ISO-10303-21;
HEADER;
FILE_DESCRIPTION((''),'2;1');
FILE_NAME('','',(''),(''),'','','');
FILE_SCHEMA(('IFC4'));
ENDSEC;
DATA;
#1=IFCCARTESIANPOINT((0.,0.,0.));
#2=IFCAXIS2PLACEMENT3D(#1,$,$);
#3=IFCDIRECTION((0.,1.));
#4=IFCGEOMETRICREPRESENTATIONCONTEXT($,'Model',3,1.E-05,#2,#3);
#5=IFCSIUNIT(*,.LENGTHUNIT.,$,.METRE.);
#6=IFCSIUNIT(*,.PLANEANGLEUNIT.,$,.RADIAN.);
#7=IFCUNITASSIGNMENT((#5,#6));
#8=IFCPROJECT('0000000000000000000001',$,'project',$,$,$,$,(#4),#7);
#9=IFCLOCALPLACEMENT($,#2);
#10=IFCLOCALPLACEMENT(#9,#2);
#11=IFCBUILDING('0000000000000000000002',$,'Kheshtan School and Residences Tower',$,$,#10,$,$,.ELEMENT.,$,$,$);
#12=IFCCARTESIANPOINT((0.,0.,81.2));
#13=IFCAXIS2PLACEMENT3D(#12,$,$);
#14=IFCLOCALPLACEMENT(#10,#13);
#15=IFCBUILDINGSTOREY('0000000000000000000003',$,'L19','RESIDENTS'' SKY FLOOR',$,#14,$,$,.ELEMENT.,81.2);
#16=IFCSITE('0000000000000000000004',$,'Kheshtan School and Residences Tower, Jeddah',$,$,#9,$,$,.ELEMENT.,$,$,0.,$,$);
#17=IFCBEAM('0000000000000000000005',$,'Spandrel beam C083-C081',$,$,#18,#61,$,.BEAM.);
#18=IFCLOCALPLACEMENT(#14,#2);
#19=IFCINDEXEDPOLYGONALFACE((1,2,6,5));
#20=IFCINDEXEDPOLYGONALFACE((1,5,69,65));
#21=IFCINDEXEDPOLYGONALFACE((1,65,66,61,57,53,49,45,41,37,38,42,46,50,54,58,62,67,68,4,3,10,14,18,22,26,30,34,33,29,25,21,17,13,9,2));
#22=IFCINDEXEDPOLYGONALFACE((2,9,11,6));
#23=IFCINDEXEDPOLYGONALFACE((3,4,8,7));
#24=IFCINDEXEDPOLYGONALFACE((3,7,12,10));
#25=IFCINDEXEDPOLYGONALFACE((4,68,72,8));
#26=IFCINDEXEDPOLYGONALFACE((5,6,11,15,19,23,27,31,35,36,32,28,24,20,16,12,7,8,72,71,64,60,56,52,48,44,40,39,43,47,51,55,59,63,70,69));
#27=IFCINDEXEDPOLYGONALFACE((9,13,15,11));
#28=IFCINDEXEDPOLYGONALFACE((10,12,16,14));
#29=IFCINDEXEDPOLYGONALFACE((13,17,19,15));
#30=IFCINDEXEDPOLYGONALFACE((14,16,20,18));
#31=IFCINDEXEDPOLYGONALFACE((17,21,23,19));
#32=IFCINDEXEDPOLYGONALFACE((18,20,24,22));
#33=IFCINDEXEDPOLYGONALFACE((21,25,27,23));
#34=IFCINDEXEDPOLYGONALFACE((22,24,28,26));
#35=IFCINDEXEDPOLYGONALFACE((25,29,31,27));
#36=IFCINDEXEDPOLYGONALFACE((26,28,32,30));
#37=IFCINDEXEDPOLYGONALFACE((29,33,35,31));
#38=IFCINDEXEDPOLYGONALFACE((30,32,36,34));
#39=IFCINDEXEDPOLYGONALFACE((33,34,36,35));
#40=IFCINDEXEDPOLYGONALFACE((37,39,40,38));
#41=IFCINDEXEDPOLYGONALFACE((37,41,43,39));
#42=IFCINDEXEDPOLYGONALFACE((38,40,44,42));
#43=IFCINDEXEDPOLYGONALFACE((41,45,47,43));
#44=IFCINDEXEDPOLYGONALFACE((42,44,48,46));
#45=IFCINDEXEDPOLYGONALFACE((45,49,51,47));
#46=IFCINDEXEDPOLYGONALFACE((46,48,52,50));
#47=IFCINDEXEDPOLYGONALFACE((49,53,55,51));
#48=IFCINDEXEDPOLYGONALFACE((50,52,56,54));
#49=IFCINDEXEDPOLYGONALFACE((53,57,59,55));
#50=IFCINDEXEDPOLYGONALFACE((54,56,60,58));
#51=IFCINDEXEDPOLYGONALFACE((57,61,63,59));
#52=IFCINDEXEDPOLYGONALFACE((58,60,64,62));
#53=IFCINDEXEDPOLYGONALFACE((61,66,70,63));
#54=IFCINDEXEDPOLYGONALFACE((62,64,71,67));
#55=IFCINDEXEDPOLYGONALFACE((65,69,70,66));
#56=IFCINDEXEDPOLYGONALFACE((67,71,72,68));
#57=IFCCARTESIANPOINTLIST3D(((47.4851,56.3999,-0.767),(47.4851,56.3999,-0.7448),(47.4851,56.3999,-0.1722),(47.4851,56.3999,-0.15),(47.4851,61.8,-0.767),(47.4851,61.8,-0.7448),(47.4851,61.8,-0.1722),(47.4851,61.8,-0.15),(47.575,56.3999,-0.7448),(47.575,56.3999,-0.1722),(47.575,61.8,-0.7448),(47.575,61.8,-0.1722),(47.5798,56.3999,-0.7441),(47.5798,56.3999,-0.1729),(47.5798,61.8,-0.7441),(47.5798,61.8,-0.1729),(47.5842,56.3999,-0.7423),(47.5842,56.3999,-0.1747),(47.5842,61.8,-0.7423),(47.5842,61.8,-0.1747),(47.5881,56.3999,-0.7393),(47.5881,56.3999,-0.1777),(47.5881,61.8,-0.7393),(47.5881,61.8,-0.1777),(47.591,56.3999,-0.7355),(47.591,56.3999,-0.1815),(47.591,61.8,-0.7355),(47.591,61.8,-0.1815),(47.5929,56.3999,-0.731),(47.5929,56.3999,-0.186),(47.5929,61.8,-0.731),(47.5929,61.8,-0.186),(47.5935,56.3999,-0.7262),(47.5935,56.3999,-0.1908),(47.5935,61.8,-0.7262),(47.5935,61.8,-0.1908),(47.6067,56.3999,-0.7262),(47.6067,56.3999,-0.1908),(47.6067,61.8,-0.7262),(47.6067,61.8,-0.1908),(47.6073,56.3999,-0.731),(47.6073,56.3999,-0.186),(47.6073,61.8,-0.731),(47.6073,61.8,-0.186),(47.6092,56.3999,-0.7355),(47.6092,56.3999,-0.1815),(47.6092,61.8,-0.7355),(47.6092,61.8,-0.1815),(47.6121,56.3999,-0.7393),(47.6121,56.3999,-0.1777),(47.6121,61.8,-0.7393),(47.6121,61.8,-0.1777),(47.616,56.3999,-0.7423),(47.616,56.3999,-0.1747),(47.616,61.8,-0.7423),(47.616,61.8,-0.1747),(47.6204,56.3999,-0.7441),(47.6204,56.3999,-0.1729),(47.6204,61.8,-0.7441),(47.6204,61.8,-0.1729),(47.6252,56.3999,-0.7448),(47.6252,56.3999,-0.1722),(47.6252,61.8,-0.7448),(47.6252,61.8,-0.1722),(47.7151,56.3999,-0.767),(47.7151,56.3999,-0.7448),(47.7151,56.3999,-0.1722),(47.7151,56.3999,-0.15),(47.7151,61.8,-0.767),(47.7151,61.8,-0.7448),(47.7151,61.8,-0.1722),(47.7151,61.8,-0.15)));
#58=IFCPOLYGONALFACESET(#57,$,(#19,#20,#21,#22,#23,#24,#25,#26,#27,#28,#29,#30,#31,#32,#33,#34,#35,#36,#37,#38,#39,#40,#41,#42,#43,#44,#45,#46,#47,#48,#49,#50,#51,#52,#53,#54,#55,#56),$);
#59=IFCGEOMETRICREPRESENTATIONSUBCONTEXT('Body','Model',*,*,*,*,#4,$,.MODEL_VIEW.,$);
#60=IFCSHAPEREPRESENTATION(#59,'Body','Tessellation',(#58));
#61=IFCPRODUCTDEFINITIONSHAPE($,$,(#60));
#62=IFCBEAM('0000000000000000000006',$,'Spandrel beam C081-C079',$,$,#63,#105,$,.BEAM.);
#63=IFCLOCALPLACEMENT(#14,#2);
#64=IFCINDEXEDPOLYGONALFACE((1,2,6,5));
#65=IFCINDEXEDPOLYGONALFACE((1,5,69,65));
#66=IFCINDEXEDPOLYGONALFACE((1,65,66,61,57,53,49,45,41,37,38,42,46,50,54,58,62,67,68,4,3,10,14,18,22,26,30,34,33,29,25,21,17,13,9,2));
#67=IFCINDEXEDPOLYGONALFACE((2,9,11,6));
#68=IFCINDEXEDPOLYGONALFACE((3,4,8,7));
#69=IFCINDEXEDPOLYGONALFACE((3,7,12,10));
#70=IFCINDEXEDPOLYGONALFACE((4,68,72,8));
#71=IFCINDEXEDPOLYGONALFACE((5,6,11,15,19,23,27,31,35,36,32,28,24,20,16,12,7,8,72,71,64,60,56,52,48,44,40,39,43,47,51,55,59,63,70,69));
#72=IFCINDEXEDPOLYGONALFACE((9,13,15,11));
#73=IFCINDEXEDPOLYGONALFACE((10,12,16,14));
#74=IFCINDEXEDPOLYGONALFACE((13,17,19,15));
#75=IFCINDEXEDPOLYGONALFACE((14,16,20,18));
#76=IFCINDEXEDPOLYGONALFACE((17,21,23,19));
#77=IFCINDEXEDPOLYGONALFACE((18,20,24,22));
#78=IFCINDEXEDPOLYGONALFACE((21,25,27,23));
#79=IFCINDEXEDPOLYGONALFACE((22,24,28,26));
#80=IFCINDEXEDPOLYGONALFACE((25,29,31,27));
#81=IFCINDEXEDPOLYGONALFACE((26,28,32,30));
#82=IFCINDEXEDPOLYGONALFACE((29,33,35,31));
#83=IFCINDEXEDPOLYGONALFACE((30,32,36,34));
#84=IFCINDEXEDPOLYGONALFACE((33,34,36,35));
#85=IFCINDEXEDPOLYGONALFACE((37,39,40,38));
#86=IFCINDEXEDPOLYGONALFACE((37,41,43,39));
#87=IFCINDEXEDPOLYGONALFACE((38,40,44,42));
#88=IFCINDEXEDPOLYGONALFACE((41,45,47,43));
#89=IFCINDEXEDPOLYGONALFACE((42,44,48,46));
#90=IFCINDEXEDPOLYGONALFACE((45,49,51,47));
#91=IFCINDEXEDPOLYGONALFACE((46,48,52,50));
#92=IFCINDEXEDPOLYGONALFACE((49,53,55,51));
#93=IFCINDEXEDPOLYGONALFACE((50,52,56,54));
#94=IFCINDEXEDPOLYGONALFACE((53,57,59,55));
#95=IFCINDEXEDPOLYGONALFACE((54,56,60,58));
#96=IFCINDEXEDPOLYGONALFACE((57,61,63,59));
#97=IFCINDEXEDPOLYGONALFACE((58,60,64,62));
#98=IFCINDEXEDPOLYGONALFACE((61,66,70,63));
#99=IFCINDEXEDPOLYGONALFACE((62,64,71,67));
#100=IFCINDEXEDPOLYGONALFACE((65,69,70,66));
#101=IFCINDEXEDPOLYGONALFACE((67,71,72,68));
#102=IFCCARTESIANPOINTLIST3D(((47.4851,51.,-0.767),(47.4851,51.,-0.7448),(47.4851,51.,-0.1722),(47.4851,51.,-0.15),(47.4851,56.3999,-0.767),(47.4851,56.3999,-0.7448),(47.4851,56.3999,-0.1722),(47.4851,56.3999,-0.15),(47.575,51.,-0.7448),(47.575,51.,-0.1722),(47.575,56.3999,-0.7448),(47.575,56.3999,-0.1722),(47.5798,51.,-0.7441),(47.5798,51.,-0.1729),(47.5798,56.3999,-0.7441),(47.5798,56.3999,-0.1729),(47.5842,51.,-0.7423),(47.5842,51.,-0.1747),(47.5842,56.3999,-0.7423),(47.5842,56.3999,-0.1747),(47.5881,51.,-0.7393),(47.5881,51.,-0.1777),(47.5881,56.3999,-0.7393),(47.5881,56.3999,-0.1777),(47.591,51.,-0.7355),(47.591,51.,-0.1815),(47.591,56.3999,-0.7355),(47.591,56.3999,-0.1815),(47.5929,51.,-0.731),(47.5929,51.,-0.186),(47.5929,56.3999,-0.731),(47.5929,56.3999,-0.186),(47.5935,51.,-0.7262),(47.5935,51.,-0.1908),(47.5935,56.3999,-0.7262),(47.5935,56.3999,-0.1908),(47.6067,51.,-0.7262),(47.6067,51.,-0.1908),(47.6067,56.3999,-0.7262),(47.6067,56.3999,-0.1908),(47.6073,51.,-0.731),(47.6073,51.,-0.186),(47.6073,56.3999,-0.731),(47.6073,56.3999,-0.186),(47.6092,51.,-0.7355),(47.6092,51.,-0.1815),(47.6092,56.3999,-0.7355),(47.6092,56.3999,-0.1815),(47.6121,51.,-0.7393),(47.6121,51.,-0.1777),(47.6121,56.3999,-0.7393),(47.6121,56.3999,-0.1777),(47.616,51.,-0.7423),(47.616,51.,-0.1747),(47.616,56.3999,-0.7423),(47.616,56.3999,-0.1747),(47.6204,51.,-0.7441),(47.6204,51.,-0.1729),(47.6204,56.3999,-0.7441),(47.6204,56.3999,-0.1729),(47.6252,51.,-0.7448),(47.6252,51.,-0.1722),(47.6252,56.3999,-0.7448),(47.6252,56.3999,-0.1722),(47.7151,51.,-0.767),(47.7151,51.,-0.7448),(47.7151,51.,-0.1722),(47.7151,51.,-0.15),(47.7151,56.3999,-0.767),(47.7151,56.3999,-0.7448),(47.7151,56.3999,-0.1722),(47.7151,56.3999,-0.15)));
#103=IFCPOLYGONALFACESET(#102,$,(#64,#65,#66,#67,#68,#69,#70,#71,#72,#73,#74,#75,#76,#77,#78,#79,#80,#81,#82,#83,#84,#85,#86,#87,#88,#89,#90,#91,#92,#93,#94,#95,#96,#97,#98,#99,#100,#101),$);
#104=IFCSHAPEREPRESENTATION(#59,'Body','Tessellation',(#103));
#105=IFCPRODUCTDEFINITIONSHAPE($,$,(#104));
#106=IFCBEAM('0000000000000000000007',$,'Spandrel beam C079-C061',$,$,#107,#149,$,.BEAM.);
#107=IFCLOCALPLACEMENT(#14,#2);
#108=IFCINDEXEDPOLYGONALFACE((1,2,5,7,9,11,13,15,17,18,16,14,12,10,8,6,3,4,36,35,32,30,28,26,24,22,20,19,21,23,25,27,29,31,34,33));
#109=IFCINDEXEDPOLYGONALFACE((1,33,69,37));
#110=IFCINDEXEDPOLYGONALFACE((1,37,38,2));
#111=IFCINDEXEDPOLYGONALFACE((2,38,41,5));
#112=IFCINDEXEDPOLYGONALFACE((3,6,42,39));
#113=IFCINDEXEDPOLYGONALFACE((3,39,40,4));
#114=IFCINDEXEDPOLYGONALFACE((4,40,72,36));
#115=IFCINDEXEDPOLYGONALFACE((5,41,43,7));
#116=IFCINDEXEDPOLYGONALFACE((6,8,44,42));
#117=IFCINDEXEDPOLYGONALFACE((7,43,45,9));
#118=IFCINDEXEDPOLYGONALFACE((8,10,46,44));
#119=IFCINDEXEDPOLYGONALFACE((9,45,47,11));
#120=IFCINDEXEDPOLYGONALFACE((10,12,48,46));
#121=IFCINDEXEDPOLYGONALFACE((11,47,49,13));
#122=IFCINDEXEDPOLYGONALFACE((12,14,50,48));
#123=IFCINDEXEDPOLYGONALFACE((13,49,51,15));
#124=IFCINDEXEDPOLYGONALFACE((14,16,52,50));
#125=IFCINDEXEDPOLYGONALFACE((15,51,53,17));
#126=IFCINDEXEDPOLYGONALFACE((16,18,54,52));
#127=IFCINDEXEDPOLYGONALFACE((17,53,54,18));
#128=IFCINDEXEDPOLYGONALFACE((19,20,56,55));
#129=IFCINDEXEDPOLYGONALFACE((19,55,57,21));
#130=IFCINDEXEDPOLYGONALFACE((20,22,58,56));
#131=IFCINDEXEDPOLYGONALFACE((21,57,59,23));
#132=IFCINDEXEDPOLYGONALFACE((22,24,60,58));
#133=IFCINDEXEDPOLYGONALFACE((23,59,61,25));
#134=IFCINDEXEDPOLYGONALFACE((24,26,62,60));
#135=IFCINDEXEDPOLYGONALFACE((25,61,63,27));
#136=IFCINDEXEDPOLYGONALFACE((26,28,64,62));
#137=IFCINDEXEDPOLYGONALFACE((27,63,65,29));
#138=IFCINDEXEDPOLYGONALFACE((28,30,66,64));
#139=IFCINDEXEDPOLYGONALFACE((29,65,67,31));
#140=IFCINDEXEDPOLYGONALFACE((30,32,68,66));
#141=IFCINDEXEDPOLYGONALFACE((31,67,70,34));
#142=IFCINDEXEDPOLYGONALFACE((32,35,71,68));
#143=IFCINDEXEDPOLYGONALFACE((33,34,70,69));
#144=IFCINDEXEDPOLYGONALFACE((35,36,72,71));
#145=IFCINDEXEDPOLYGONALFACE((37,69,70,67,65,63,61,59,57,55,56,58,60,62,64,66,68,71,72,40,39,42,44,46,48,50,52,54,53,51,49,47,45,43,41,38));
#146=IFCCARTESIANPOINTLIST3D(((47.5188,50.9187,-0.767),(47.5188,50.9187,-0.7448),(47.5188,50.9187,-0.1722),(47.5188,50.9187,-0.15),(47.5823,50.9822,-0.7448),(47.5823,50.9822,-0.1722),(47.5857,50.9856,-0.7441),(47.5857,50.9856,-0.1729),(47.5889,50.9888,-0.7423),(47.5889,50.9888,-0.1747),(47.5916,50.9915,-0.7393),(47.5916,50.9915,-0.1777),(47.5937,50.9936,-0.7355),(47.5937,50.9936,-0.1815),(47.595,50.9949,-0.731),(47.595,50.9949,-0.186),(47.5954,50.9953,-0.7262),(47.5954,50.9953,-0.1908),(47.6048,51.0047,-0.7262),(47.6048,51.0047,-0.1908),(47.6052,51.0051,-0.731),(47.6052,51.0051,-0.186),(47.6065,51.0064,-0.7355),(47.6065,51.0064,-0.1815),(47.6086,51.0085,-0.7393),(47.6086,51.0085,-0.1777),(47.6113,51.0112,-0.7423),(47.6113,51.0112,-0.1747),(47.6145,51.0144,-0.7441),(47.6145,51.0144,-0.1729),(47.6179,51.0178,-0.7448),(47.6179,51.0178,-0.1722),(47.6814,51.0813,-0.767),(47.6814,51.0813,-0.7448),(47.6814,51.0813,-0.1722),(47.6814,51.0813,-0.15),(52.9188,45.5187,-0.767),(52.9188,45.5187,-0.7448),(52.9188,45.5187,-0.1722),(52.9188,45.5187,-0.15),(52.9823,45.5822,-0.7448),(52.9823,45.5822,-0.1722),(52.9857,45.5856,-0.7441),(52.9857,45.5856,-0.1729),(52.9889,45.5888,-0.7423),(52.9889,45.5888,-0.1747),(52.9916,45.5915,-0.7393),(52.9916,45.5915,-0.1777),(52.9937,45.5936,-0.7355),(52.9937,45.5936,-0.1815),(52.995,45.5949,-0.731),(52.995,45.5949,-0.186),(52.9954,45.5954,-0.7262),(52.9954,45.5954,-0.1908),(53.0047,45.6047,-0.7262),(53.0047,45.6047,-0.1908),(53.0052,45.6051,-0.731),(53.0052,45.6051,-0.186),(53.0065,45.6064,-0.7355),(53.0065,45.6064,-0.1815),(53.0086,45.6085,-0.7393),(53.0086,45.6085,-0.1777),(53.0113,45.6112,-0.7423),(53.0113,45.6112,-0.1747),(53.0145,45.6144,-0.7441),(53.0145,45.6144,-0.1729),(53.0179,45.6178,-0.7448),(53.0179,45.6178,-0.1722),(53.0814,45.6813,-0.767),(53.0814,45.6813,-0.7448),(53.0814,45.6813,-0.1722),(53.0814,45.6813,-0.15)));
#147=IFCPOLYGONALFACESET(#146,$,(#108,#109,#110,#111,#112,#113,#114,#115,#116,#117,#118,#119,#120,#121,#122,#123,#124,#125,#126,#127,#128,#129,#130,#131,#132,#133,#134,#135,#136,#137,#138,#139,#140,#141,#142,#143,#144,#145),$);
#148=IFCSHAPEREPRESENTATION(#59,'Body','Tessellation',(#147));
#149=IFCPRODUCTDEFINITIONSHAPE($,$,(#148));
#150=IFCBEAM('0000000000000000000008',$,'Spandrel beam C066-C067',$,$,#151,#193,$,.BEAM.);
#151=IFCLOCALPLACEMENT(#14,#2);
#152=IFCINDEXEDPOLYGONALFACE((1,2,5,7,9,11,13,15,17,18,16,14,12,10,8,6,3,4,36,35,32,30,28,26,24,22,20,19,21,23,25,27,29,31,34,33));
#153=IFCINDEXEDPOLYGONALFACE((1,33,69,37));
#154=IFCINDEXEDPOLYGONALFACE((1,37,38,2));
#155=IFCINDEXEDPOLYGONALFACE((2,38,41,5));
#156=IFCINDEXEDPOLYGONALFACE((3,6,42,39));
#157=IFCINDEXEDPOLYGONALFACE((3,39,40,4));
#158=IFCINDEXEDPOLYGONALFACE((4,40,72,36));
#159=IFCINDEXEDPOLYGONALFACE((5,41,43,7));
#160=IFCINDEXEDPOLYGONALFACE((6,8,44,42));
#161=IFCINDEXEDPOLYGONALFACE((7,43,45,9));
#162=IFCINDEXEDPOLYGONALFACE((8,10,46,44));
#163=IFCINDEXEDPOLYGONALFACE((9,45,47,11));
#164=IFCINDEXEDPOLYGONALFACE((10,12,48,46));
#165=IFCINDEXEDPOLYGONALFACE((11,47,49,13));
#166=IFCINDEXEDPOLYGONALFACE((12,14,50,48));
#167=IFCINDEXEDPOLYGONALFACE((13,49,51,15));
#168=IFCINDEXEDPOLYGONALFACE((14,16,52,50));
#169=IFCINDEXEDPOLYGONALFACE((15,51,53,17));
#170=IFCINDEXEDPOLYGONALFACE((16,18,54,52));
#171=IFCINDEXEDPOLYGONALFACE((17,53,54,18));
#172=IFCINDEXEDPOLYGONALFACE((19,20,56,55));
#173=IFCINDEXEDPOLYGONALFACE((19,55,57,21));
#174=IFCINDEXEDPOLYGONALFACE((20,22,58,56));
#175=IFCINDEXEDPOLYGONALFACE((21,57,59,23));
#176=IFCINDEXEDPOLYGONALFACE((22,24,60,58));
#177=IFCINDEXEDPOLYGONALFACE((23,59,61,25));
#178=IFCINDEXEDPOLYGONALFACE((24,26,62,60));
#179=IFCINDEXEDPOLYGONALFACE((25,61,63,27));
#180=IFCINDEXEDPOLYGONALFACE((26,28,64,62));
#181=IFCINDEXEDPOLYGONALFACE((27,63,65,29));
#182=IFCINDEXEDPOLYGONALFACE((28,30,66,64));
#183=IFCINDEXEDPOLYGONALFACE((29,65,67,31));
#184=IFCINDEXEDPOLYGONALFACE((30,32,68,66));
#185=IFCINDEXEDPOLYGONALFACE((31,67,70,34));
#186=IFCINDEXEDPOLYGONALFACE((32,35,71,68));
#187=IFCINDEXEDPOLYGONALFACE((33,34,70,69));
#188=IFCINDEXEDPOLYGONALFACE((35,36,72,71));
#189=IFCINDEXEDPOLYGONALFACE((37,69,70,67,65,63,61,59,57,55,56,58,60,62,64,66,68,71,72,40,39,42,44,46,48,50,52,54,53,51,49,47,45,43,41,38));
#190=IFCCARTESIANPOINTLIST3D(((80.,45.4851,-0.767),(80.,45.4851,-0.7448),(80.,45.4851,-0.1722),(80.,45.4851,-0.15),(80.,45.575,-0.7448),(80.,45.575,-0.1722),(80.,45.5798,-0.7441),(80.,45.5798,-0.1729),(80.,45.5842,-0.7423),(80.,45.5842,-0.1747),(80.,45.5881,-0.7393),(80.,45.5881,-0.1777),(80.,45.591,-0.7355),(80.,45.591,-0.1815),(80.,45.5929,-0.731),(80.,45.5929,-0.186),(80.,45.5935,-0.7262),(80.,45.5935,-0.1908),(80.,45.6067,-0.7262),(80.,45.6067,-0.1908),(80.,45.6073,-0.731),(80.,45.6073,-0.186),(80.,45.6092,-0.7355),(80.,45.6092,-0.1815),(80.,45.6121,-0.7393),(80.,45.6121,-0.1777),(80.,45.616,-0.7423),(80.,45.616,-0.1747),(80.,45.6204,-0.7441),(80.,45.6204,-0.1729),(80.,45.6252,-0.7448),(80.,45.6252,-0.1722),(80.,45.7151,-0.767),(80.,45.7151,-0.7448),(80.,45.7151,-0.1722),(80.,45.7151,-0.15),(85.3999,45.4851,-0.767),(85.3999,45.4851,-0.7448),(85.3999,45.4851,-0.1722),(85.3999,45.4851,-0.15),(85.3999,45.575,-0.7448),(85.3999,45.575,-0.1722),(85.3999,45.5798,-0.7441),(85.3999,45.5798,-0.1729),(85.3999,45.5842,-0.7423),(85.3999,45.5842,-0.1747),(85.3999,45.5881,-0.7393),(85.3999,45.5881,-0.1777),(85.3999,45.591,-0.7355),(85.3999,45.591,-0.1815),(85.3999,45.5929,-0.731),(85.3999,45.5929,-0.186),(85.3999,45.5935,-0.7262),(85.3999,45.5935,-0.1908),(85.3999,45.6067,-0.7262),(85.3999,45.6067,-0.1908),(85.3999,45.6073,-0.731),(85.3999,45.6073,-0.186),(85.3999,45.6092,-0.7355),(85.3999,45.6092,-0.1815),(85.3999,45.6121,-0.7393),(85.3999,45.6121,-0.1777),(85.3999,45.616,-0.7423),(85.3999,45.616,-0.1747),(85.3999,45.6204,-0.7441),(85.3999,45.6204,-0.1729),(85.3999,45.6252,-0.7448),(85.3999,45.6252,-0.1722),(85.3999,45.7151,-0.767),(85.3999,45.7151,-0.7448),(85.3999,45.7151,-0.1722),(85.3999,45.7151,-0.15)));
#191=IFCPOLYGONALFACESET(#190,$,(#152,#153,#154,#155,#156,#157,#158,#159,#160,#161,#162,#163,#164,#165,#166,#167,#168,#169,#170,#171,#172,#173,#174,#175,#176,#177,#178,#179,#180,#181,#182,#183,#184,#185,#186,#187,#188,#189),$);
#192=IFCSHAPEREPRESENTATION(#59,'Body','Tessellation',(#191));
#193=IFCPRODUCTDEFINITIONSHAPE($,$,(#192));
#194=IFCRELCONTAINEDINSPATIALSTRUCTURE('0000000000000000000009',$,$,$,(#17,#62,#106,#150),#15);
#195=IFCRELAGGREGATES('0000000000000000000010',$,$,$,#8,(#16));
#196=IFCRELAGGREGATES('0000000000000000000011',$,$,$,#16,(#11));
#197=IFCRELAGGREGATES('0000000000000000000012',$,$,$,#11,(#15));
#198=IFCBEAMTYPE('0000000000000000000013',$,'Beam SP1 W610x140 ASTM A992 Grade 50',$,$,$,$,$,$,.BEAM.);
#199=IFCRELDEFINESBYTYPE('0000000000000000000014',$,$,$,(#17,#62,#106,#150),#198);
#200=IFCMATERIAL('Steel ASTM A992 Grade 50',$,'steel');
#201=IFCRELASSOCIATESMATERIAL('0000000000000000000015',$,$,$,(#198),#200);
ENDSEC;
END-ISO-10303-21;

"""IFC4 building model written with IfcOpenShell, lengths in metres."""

from ifc_helpers import new_model, si_unit, direction, frame, origin, origin_2d, place, context, subcontext, project, spatial, i_section, extrude, material, material_profile, profile_set, type_object, element, save


model = new_model("IFC4")

# Units and contexts
model_context = context("Model", 3, precision=1e-05, world=origin(), true_north=direction((0.0, 1.0)))
body_context = subcontext(model_context, "Body", "Model", "MODEL_VIEW")
ifc_project = project(units=[si_unit("LENGTHUNIT", "METRE"), si_unit("PLANEANGLEUNIT", "RADIAN")], contexts=[model_context])

# Site, building, storey
site_placement = place(None, origin())
site = spatial("IfcSite", under=ifc_project, at=site_placement, Name="Kheshtan School and Residences Tower, Jeddah", CompositionType="ELEMENT", RefElevation=0.0)
building_placement = place(site_placement, origin())
building = spatial("IfcBuilding", under=site, at=building_placement, Name="Kheshtan School and Residences Tower", CompositionType="ELEMENT")
storey_placement = place(building_placement, frame((0.0, 0.0, 81.2)))
storey = spatial("IfcBuildingStorey", under=building, at=storey_placement, Name="L19", Description="RESIDENTS' SKY FLOOR", CompositionType="ELEMENT", Elevation=81.2)

# Shared definitions
ifc_material_1 = material(Name="Steel ASTM A992 Grade 50", Category="steel")

# Beams
ifc_material_profile_1 = material_profile(ifc_material_1, i_section(OverallWidth=0.23, OverallDepth=0.6169, WebThickness=0.0132, FlangeThickness=0.0222, FilletRadius=0.0186, at=origin_2d()), Name="W610x140")
ifc_profile_set_1 = profile_set([ifc_material_profile_1], Name="Steel ASTM A992 Grade 50")
beam_type_1 = type_object("IfcBeamType", Name="Beam SP1 W610x140 ASTM A992 Grade 50", PredefinedType="BEAM", material=ifc_profile_set_1)
beam_1_placement = place(storey_placement, frame((47.6001, 61.8, -0.4585), z_axis=(0.0, -1.0, 0.0), x_axis=(1.0, 0.0, 0.0)))
element("IfcBeam", 1, at=beam_1_placement, inside=storey, type_object=beam_type_1, Name="Spandrel beam C083-C081", PredefinedType="BEAM", context=body_context, shape_type="SweptSolid", body=[
    extrude(i_section(OverallWidth=0.23, OverallDepth=0.6169, WebThickness=0.0132, FlangeThickness=0.0222, FilletRadius=0.0186, at=origin_2d()), origin(), (0.0, 0.0, 1.0), 5.4001),
])
beam_2_placement = place(storey_placement, frame((47.6001, 56.3999, -0.4585), z_axis=(0.0, -1.0, 0.0), x_axis=(1.0, 0.0, 0.0)))
element("IfcBeam", 2, at=beam_2_placement, inside=storey, type_object=beam_type_1, Name="Spandrel beam C081-C079", PredefinedType="BEAM", context=body_context, shape_type="SweptSolid", body=[
    extrude(i_section(OverallWidth=0.23, OverallDepth=0.6169, WebThickness=0.0132, FlangeThickness=0.0222, FilletRadius=0.0186, at=origin_2d()), origin(), (0.0, 0.0, 1.0), 5.3999),
])
beam_3_placement = place(storey_placement, frame((47.6001, 51.0, -0.4585), z_axis=(0.707107, -0.707107, 0.0), x_axis=(0.707107, 0.707107, 0.0)))
element("IfcBeam", 3, at=beam_3_placement, inside=storey, type_object=beam_type_1, Name="Spandrel beam C079-C061", PredefinedType="BEAM", context=body_context, shape_type="SweptSolid", body=[
    extrude(i_section(OverallWidth=0.23, OverallDepth=0.6169, WebThickness=0.0132, FlangeThickness=0.0222, FilletRadius=0.0186, at=origin_2d()), origin(), (0.0, 0.0, 1.0), 7.6367),
])
beam_4_placement = place(storey_placement, frame((80.0, 45.6001, -0.4585), z_axis=(1.0, 0.0, 0.0), x_axis=(0.0, 1.0, 0.0)))
element("IfcBeam", 4, at=beam_4_placement, inside=storey, type_object=beam_type_1, Name="Spandrel beam C066-C067", PredefinedType="BEAM", context=body_context, shape_type="SweptSolid", body=[
    extrude(i_section(OverallWidth=0.23, OverallDepth=0.6169, WebThickness=0.0132, FlangeThickness=0.0222, FilletRadius=0.0186, at=origin_2d()), origin(), (0.0, 0.0, 1.0), 5.3999),
])

save(model, "model.ifc")
